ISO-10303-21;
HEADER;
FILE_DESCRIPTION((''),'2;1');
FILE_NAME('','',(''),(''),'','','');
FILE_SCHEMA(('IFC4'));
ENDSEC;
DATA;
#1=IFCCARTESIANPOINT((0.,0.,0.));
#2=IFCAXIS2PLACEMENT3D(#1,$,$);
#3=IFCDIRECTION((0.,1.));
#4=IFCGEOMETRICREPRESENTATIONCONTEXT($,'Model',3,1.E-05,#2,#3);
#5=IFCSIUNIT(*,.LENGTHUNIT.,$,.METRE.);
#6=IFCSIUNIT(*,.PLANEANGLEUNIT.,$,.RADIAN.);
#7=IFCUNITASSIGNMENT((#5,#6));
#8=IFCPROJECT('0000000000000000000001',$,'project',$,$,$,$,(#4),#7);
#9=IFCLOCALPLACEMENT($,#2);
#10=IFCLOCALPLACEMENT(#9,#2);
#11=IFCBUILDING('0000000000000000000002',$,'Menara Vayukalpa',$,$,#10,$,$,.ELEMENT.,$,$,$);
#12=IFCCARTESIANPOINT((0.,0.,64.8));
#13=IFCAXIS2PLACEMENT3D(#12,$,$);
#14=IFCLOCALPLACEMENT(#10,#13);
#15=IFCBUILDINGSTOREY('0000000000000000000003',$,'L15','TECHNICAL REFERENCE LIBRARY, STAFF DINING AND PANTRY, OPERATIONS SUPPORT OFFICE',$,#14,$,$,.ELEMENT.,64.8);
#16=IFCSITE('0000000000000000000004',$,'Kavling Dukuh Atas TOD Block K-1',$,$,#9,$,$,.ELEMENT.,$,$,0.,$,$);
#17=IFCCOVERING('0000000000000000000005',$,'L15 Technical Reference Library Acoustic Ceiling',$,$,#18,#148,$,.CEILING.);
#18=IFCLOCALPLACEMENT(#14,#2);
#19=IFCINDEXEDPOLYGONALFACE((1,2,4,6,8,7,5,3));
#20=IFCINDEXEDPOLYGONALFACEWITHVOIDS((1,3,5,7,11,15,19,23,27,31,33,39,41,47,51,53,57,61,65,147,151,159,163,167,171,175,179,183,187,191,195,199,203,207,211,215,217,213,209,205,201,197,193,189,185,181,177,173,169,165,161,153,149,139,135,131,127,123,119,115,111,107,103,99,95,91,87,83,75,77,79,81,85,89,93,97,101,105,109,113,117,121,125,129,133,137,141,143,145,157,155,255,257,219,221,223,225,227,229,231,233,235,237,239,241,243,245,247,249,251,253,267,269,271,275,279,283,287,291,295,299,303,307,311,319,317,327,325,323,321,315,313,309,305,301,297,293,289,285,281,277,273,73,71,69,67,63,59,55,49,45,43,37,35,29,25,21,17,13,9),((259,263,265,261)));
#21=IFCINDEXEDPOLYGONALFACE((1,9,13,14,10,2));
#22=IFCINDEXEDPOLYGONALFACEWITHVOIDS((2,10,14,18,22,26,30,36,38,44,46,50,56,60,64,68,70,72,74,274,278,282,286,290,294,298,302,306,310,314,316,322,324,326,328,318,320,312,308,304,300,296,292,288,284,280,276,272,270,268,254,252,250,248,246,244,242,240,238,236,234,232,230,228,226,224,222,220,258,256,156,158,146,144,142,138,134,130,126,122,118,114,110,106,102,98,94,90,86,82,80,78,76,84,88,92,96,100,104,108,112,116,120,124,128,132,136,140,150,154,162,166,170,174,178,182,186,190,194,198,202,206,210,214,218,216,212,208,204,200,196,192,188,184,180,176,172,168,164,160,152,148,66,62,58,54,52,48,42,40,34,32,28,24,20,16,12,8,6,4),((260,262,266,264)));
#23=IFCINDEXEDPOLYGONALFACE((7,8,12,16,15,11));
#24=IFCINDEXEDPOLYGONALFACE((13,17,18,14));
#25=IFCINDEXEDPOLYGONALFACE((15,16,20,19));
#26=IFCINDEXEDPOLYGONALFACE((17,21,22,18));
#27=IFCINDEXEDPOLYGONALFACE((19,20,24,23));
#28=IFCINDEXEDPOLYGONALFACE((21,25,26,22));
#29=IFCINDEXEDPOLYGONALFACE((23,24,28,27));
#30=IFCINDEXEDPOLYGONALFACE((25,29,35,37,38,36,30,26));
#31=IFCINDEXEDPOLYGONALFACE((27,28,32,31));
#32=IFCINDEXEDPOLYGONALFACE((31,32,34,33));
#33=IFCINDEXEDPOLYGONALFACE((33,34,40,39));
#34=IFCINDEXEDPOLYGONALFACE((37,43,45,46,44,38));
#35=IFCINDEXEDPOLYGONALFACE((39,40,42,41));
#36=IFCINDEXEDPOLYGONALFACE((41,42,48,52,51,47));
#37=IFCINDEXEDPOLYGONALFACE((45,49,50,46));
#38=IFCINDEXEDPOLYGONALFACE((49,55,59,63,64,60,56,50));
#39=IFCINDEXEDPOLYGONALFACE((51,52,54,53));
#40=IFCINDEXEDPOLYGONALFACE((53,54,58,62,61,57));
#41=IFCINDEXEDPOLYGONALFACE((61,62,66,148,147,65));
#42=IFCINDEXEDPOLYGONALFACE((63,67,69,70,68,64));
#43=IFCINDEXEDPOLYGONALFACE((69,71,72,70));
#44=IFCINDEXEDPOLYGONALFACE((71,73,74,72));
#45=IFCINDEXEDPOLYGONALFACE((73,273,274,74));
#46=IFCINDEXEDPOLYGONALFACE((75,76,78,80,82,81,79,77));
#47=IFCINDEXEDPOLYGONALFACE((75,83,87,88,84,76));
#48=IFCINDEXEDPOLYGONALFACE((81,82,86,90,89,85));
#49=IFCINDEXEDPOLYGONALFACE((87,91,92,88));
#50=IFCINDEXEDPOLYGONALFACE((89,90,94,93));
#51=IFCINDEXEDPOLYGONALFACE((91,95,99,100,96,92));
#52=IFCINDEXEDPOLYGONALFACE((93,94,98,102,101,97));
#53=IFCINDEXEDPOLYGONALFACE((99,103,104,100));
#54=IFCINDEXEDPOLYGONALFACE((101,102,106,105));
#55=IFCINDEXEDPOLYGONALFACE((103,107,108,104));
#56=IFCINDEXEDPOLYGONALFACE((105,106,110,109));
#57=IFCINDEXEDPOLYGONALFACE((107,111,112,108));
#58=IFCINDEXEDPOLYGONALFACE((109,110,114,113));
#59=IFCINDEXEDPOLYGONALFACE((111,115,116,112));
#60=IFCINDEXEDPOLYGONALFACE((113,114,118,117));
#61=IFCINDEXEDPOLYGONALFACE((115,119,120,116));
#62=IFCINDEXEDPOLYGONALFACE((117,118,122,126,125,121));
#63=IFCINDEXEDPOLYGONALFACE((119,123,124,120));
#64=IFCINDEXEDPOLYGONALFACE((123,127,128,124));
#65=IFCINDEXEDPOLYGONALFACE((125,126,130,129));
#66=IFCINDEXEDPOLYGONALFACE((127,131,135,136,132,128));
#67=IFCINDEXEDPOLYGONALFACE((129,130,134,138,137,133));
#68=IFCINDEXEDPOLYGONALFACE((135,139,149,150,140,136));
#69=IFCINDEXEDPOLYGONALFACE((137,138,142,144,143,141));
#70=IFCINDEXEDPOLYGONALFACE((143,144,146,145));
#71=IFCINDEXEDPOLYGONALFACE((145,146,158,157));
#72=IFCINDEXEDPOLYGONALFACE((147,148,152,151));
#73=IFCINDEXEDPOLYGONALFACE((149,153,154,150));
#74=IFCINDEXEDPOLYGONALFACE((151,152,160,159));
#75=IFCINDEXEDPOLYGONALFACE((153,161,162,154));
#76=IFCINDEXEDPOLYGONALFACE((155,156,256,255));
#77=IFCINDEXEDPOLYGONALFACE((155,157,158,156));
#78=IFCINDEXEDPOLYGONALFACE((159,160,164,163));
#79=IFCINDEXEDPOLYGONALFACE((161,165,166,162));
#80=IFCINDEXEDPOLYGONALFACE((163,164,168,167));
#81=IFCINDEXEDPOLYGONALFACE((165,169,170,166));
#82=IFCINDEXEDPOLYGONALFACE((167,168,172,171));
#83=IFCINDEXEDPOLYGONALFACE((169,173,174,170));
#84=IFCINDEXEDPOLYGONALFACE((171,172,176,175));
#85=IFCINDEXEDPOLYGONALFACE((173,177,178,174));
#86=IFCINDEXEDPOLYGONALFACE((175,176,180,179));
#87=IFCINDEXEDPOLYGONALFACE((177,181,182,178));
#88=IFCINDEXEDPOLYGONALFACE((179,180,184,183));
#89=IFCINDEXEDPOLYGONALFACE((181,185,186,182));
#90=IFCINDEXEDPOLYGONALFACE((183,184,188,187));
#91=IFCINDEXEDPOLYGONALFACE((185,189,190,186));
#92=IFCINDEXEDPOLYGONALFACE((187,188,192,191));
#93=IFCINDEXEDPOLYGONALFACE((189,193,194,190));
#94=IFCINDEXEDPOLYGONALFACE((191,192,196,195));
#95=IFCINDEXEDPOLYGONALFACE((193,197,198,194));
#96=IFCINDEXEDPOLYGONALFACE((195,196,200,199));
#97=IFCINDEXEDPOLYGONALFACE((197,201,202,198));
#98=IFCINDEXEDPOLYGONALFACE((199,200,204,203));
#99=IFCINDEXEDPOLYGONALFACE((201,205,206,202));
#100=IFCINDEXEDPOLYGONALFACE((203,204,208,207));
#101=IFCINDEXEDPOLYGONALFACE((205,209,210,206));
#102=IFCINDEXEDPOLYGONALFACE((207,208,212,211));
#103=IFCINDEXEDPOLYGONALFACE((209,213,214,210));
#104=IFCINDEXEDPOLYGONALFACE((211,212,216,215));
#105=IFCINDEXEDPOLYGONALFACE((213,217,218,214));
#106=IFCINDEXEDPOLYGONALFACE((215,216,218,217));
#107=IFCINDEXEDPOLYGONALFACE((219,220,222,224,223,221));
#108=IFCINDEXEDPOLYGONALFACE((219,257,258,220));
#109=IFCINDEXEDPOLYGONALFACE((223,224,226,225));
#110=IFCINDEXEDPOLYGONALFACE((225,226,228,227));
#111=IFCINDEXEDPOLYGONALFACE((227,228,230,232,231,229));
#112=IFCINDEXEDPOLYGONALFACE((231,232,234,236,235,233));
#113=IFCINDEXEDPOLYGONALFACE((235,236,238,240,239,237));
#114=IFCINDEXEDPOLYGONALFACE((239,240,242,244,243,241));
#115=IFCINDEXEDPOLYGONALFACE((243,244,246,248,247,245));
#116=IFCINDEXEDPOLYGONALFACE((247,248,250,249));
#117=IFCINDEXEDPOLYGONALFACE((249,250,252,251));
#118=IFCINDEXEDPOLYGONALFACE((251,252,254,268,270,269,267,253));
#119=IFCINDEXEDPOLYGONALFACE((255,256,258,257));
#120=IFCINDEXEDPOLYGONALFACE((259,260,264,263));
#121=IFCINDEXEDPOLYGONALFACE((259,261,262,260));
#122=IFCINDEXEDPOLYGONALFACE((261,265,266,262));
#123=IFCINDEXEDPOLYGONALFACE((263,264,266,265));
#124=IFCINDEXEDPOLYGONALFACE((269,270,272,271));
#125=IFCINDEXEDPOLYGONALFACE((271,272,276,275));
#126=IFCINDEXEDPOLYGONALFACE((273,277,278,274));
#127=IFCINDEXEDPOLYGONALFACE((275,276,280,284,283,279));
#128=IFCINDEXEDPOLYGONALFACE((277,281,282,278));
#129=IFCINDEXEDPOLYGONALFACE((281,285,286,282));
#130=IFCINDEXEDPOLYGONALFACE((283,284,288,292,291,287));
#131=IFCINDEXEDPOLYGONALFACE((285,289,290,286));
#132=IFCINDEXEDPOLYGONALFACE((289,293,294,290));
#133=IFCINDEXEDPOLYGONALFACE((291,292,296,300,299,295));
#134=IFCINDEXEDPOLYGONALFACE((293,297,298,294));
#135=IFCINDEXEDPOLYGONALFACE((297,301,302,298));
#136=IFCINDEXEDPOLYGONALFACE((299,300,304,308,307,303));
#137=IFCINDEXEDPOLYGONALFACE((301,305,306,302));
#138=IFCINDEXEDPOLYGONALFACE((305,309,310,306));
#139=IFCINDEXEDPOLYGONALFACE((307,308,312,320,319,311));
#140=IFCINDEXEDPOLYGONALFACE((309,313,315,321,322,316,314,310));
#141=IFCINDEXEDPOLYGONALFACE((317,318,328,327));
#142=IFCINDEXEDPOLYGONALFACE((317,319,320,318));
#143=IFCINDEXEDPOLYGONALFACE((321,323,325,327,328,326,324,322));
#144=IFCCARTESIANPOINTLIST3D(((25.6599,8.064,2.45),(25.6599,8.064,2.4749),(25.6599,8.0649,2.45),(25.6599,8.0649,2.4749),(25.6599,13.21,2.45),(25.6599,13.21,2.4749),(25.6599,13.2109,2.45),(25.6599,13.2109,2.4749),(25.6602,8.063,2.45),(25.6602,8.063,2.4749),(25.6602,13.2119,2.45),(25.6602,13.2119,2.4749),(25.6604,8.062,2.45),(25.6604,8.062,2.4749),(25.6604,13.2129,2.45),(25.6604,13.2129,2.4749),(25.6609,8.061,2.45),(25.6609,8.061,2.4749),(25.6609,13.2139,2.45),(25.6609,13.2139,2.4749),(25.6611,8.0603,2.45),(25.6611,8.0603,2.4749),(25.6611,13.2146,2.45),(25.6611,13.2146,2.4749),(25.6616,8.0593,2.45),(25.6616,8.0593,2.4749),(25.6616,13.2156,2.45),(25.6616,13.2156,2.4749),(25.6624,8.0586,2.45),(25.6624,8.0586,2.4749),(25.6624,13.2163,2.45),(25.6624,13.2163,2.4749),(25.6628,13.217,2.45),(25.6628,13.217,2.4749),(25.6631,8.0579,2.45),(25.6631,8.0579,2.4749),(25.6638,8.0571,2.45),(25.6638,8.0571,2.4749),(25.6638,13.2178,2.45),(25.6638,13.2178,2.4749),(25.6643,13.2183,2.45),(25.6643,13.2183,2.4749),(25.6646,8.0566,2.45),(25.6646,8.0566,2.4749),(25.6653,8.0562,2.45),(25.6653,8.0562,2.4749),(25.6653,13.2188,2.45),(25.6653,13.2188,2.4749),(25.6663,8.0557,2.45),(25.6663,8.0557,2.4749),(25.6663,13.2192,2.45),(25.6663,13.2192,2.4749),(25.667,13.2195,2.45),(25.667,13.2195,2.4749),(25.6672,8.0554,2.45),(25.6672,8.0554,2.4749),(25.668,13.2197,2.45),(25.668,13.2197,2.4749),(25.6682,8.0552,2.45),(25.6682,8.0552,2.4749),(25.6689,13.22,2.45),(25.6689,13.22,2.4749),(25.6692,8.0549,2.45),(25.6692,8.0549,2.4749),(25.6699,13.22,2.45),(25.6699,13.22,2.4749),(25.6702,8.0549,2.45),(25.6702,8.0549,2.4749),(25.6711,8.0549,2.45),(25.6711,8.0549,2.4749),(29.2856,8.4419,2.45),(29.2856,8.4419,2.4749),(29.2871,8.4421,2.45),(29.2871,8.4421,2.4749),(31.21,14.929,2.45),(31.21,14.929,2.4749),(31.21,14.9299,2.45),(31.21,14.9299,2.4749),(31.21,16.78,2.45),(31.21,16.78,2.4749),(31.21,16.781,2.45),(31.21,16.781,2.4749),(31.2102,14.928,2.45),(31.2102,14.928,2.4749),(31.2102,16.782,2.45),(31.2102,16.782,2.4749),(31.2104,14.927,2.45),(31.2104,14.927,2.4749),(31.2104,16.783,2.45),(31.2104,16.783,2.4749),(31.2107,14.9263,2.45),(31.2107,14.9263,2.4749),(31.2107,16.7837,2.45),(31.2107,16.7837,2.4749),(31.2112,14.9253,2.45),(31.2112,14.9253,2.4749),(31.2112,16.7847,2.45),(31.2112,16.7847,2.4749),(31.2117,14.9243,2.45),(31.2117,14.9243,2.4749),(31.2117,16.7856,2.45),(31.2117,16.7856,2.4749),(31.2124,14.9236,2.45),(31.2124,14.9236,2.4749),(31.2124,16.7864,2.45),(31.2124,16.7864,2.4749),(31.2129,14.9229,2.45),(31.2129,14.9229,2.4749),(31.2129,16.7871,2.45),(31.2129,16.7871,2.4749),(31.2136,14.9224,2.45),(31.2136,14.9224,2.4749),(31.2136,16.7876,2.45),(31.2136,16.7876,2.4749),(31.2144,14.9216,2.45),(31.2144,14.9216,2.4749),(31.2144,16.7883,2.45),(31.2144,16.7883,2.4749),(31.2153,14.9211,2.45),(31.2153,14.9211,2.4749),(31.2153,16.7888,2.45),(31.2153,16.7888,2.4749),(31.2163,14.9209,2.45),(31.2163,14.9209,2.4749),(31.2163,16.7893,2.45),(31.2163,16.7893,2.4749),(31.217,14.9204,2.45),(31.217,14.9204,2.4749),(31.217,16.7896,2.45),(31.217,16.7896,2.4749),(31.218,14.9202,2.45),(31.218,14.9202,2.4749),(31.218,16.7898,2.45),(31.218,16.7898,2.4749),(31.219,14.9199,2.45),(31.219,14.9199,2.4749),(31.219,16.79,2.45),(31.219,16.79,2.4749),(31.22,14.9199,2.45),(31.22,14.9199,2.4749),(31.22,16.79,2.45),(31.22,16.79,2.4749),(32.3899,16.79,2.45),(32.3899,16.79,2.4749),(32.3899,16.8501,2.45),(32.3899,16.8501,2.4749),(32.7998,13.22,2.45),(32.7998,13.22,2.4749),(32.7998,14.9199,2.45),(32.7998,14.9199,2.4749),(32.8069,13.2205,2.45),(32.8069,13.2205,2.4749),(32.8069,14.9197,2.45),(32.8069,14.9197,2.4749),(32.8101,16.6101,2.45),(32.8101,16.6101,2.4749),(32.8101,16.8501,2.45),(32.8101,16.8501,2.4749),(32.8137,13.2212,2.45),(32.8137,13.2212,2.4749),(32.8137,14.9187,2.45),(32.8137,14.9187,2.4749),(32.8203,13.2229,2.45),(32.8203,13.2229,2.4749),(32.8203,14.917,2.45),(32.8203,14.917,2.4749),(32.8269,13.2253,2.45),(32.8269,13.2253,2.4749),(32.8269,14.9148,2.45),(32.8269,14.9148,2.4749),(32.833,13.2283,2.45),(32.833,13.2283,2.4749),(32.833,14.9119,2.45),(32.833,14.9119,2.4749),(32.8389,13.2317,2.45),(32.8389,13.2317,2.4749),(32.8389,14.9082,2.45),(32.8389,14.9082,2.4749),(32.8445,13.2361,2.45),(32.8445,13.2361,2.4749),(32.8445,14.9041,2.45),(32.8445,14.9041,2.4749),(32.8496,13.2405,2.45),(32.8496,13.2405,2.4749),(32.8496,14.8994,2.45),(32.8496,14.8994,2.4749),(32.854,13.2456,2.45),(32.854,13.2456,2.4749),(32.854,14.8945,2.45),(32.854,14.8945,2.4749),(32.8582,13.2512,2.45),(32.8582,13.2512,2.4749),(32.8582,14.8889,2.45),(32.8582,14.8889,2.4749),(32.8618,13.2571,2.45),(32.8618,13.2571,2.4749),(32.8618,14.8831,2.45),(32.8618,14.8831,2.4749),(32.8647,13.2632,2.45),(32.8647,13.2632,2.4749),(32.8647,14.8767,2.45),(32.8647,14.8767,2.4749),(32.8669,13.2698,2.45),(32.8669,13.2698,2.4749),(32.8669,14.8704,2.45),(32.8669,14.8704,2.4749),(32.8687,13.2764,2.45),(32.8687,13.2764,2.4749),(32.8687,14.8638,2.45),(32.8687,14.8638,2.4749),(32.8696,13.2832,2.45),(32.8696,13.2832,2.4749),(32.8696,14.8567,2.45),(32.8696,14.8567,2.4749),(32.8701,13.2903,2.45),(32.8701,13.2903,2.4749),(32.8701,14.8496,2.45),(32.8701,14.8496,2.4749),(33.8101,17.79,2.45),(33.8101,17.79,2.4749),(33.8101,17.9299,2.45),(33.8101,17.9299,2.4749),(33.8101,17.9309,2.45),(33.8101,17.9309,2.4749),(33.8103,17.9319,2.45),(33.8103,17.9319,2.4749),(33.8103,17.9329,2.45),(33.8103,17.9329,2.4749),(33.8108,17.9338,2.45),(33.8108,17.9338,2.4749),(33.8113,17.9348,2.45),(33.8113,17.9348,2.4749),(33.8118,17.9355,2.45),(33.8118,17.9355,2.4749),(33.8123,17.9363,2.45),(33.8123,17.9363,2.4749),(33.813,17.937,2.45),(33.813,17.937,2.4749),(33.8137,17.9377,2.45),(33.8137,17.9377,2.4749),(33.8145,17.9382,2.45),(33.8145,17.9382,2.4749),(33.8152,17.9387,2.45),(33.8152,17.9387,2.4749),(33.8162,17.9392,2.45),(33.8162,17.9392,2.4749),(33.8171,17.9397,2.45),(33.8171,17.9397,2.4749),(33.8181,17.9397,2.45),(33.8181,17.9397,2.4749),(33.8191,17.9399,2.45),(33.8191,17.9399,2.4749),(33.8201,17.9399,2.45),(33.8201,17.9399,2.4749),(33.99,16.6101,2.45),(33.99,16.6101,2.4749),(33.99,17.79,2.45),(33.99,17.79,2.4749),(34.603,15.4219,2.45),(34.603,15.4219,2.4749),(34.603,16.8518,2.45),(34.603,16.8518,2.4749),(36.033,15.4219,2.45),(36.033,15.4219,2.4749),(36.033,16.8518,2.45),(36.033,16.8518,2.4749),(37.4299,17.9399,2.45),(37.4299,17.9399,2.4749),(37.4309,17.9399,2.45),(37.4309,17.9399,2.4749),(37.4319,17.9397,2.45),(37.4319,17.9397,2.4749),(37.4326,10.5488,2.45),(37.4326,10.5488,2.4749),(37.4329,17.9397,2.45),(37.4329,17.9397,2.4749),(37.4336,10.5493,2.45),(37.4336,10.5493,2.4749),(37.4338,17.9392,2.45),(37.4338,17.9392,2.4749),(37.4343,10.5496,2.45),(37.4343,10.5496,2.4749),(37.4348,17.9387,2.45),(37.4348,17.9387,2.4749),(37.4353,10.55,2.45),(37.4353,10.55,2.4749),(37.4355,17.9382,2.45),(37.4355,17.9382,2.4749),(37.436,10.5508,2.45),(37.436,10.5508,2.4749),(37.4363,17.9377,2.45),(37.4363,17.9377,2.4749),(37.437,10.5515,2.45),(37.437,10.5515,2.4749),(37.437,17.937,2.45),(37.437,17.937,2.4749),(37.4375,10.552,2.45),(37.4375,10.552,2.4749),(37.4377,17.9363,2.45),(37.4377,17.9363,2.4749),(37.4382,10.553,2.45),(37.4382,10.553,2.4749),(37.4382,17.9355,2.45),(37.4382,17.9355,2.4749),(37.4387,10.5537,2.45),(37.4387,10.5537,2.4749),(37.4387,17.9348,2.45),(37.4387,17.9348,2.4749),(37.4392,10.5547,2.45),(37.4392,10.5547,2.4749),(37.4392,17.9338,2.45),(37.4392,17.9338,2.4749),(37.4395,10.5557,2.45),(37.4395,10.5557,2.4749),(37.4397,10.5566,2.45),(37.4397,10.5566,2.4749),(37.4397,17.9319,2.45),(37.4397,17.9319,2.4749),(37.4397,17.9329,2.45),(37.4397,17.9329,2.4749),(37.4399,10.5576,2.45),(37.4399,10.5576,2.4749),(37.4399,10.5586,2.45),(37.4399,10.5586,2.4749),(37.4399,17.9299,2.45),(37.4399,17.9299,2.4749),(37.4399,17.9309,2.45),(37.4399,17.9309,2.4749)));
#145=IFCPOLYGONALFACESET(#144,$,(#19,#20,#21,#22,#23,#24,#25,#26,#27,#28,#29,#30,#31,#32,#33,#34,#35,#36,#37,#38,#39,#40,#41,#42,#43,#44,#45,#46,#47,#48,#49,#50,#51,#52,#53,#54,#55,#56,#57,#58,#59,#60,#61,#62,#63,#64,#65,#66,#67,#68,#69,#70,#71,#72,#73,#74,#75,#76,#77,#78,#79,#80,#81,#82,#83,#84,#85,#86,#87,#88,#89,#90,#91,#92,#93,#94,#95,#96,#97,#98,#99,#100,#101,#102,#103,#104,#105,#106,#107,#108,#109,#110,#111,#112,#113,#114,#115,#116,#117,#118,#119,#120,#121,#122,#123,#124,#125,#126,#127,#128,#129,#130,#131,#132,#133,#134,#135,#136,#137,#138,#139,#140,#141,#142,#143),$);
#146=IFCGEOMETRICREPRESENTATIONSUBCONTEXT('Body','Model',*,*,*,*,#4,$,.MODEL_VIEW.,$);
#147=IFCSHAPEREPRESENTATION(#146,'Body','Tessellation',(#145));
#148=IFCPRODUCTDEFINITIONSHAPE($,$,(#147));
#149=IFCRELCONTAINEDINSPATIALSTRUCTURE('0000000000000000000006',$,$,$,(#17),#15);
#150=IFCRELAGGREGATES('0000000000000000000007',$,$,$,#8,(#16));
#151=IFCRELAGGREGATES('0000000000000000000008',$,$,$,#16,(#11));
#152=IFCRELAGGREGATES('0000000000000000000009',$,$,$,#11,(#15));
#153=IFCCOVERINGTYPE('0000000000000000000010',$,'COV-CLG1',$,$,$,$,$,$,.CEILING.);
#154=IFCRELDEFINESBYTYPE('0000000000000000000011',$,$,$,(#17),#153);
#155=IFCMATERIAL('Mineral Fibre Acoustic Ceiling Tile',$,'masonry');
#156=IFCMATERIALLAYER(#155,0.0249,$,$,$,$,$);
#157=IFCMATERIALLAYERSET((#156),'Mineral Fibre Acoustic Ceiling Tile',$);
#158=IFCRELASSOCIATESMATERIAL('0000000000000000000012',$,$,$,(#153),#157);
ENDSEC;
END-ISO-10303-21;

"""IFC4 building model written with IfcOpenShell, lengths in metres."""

from ifc_helpers import new_model, si_unit, direction, frame, origin, place, context, subcontext, project, spatial, polyline, outline, extrude, material, layer, layer_set, type_object, element, save


model = new_model("IFC4")

# Units and contexts
model_context = context("Model", 3, precision=1e-05, world=origin(), true_north=direction((0.0, 1.0)))
body_context = subcontext(model_context, "Body", "Model", "MODEL_VIEW")
ifc_project = project(units=[si_unit("LENGTHUNIT", "METRE"), si_unit("PLANEANGLEUNIT", "RADIAN")], contexts=[model_context])

# Site, building, storey
site_placement = place(None, origin())
site = spatial("IfcSite", under=ifc_project, at=site_placement, Name="Kavling Dukuh Atas TOD Block K-1", CompositionType="ELEMENT", RefElevation=0.0)
building_placement = place(site_placement, origin())
building = spatial("IfcBuilding", under=site, at=building_placement, Name="Menara Vayukalpa", CompositionType="ELEMENT")
storey_placement = place(building_placement, frame((0.0, 0.0, 64.8)))
storey = spatial("IfcBuildingStorey", under=building, at=storey_placement, Name="L15", Description="TECHNICAL REFERENCE LIBRARY, STAFF DINING AND PANTRY, OPERATIONS SUPPORT OFFICE", CompositionType="ELEMENT", Elevation=64.8)

# Covering
ifc_material_1 = material(Name="Mineral Fibre Acoustic Ceiling Tile", Category="masonry")
ifc_layer_1 = layer(ifc_material_1, 0.0249)
ifc_layer_set_1 = layer_set([ifc_layer_1], Name="Mineral Fibre Acoustic Ceiling Tile")
covering_type_1 = type_object("IfcCoveringType", Name="COV-CLG1", PredefinedType="CEILING", material=ifc_layer_set_1)
covering_1_placement = place(storey_placement, frame((0.0, 0.0, 2.45)))
element("IfcCovering", 1, at=covering_1_placement, inside=storey, type_object=covering_type_1, Name="L15 Technical Reference Library Acoustic Ceiling", PredefinedType="CEILING", context=body_context, shape_type="SweptSolid", body=[
    extrude(outline(polyline([(25.6711, 8.0549), (25.6702, 8.0549), (25.6692, 8.0549), (25.6682, 8.0552), (25.6672, 8.0554), (25.6663, 8.0557), (25.6653, 8.0562), (25.6646, 8.0566), (25.6638, 8.0571), (25.6631, 8.0579), (25.6624, 8.0586), (25.6616, 8.0593), (25.6611, 8.0603), (25.6609, 8.061), (25.6604, 8.062), (25.6602, 8.063), (25.6599, 8.064), (25.6599, 8.0649), (25.6599, 13.21), (25.6599, 13.2109), (25.6602, 13.2119), (25.6604, 13.2129), (25.6609, 13.2139), (25.6611, 13.2146), (25.6616, 13.2156), (25.6624, 13.2163), (25.6628, 13.217), (25.6638, 13.2178), (25.6643, 13.2183), (25.6653, 13.2188), (25.6663, 13.2192), (25.667, 13.2195), (25.668, 13.2197), (25.6689, 13.22), (25.6699, 13.22), (32.7998, 13.22), (32.8069, 13.2205), (32.8137, 13.2212), (32.8203, 13.2229), (32.8269, 13.2253), (32.833, 13.2283), (32.8389, 13.2317), (32.8445, 13.2361), (32.8496, 13.2405), (32.854, 13.2456), (32.8582, 13.2512), (32.8618, 13.2571), (32.8647, 13.2632), (32.8669, 13.2698), (32.8687, 13.2764), (32.8696, 13.2832), (32.8701, 13.2903), (32.8701, 14.8496), (32.8696, 14.8567), (32.8687, 14.8638), (32.8669, 14.8704), (32.8647, 14.8767), (32.8618, 14.8831), (32.8582, 14.8889), (32.854, 14.8945), (32.8496, 14.8994), (32.8445, 14.9041), (32.8389, 14.9082), (32.833, 14.9119), (32.8269, 14.9148), (32.8203, 14.917), (32.8137, 14.9187), (32.8069, 14.9197), (32.7998, 14.9199), (31.22, 14.9199), (31.219, 14.9199), (31.218, 14.9202), (31.217, 14.9204), (31.2163, 14.9209), (31.2153, 14.9211), (31.2144, 14.9216), (31.2136, 14.9224), (31.2129, 14.9229), (31.2124, 14.9236), (31.2117, 14.9243), (31.2112, 14.9253), (31.2107, 14.9263), (31.2104, 14.927), (31.2102, 14.928), (31.21, 14.929), (31.21, 14.9299), (31.21, 16.78), (31.21, 16.781), (31.2102, 16.782), (31.2104, 16.783), (31.2107, 16.7837), (31.2112, 16.7847), (31.2117, 16.7856), (31.2124, 16.7864), (31.2129, 16.7871), (31.2136, 16.7876), (31.2144, 16.7883), (31.2153, 16.7888), (31.2163, 16.7893), (31.217, 16.7896), (31.218, 16.7898), (31.219, 16.79), (31.22, 16.79), (32.3899, 16.79), (32.3899, 16.8501), (32.8101, 16.8501), (32.8101, 16.6101), (33.99, 16.6101), (33.99, 17.79), (33.8101, 17.79), (33.8101, 17.9299), (33.8101, 17.9309), (33.8103, 17.9319), (33.8103, 17.9329), (33.8108, 17.9338), (33.8113, 17.9348), (33.8118, 17.9355), (33.8123, 17.9363), (33.813, 17.937), (33.8137, 17.9377), (33.8145, 17.9382), (33.8152, 17.9387), (33.8162, 17.9392), (33.8171, 17.9397), (33.8181, 17.9397), (33.8191, 17.9399), (33.8201, 17.9399), (37.4299, 17.9399), (37.4309, 17.9399), (37.4319, 17.9397), (37.4329, 17.9397), (37.4338, 17.9392), (37.4348, 17.9387), (37.4355, 17.9382), (37.4363, 17.9377), (37.437, 17.937), (37.4377, 17.9363), (37.4382, 17.9355), (37.4387, 17.9348), (37.4392, 17.9338), (37.4397, 17.9329), (37.4397, 17.9319), (37.4399, 17.9309), (37.4399, 17.9299), (37.4399, 10.5586), (37.4399, 10.5576), (37.4397, 10.5566), (37.4395, 10.5557), (37.4392, 10.5547), (37.4387, 10.5537), (37.4382, 10.553), (37.4375, 10.552), (37.437, 10.5515), (37.436, 10.5508), (37.4353, 10.55), (37.4343, 10.5496), (37.4336, 10.5493), (37.4326, 10.5488), (29.2871, 8.4421), (29.2856, 8.4419), (25.6711, 8.0549)]), holes=[polyline([(36.033, 16.8518), (34.603, 16.8518), (34.603, 15.4219), (36.033, 15.4219), (36.033, 16.8518)])]), origin(), (0.0, 0.0, 1.0), 0.0249),
])

save(model, "model.ifc")
